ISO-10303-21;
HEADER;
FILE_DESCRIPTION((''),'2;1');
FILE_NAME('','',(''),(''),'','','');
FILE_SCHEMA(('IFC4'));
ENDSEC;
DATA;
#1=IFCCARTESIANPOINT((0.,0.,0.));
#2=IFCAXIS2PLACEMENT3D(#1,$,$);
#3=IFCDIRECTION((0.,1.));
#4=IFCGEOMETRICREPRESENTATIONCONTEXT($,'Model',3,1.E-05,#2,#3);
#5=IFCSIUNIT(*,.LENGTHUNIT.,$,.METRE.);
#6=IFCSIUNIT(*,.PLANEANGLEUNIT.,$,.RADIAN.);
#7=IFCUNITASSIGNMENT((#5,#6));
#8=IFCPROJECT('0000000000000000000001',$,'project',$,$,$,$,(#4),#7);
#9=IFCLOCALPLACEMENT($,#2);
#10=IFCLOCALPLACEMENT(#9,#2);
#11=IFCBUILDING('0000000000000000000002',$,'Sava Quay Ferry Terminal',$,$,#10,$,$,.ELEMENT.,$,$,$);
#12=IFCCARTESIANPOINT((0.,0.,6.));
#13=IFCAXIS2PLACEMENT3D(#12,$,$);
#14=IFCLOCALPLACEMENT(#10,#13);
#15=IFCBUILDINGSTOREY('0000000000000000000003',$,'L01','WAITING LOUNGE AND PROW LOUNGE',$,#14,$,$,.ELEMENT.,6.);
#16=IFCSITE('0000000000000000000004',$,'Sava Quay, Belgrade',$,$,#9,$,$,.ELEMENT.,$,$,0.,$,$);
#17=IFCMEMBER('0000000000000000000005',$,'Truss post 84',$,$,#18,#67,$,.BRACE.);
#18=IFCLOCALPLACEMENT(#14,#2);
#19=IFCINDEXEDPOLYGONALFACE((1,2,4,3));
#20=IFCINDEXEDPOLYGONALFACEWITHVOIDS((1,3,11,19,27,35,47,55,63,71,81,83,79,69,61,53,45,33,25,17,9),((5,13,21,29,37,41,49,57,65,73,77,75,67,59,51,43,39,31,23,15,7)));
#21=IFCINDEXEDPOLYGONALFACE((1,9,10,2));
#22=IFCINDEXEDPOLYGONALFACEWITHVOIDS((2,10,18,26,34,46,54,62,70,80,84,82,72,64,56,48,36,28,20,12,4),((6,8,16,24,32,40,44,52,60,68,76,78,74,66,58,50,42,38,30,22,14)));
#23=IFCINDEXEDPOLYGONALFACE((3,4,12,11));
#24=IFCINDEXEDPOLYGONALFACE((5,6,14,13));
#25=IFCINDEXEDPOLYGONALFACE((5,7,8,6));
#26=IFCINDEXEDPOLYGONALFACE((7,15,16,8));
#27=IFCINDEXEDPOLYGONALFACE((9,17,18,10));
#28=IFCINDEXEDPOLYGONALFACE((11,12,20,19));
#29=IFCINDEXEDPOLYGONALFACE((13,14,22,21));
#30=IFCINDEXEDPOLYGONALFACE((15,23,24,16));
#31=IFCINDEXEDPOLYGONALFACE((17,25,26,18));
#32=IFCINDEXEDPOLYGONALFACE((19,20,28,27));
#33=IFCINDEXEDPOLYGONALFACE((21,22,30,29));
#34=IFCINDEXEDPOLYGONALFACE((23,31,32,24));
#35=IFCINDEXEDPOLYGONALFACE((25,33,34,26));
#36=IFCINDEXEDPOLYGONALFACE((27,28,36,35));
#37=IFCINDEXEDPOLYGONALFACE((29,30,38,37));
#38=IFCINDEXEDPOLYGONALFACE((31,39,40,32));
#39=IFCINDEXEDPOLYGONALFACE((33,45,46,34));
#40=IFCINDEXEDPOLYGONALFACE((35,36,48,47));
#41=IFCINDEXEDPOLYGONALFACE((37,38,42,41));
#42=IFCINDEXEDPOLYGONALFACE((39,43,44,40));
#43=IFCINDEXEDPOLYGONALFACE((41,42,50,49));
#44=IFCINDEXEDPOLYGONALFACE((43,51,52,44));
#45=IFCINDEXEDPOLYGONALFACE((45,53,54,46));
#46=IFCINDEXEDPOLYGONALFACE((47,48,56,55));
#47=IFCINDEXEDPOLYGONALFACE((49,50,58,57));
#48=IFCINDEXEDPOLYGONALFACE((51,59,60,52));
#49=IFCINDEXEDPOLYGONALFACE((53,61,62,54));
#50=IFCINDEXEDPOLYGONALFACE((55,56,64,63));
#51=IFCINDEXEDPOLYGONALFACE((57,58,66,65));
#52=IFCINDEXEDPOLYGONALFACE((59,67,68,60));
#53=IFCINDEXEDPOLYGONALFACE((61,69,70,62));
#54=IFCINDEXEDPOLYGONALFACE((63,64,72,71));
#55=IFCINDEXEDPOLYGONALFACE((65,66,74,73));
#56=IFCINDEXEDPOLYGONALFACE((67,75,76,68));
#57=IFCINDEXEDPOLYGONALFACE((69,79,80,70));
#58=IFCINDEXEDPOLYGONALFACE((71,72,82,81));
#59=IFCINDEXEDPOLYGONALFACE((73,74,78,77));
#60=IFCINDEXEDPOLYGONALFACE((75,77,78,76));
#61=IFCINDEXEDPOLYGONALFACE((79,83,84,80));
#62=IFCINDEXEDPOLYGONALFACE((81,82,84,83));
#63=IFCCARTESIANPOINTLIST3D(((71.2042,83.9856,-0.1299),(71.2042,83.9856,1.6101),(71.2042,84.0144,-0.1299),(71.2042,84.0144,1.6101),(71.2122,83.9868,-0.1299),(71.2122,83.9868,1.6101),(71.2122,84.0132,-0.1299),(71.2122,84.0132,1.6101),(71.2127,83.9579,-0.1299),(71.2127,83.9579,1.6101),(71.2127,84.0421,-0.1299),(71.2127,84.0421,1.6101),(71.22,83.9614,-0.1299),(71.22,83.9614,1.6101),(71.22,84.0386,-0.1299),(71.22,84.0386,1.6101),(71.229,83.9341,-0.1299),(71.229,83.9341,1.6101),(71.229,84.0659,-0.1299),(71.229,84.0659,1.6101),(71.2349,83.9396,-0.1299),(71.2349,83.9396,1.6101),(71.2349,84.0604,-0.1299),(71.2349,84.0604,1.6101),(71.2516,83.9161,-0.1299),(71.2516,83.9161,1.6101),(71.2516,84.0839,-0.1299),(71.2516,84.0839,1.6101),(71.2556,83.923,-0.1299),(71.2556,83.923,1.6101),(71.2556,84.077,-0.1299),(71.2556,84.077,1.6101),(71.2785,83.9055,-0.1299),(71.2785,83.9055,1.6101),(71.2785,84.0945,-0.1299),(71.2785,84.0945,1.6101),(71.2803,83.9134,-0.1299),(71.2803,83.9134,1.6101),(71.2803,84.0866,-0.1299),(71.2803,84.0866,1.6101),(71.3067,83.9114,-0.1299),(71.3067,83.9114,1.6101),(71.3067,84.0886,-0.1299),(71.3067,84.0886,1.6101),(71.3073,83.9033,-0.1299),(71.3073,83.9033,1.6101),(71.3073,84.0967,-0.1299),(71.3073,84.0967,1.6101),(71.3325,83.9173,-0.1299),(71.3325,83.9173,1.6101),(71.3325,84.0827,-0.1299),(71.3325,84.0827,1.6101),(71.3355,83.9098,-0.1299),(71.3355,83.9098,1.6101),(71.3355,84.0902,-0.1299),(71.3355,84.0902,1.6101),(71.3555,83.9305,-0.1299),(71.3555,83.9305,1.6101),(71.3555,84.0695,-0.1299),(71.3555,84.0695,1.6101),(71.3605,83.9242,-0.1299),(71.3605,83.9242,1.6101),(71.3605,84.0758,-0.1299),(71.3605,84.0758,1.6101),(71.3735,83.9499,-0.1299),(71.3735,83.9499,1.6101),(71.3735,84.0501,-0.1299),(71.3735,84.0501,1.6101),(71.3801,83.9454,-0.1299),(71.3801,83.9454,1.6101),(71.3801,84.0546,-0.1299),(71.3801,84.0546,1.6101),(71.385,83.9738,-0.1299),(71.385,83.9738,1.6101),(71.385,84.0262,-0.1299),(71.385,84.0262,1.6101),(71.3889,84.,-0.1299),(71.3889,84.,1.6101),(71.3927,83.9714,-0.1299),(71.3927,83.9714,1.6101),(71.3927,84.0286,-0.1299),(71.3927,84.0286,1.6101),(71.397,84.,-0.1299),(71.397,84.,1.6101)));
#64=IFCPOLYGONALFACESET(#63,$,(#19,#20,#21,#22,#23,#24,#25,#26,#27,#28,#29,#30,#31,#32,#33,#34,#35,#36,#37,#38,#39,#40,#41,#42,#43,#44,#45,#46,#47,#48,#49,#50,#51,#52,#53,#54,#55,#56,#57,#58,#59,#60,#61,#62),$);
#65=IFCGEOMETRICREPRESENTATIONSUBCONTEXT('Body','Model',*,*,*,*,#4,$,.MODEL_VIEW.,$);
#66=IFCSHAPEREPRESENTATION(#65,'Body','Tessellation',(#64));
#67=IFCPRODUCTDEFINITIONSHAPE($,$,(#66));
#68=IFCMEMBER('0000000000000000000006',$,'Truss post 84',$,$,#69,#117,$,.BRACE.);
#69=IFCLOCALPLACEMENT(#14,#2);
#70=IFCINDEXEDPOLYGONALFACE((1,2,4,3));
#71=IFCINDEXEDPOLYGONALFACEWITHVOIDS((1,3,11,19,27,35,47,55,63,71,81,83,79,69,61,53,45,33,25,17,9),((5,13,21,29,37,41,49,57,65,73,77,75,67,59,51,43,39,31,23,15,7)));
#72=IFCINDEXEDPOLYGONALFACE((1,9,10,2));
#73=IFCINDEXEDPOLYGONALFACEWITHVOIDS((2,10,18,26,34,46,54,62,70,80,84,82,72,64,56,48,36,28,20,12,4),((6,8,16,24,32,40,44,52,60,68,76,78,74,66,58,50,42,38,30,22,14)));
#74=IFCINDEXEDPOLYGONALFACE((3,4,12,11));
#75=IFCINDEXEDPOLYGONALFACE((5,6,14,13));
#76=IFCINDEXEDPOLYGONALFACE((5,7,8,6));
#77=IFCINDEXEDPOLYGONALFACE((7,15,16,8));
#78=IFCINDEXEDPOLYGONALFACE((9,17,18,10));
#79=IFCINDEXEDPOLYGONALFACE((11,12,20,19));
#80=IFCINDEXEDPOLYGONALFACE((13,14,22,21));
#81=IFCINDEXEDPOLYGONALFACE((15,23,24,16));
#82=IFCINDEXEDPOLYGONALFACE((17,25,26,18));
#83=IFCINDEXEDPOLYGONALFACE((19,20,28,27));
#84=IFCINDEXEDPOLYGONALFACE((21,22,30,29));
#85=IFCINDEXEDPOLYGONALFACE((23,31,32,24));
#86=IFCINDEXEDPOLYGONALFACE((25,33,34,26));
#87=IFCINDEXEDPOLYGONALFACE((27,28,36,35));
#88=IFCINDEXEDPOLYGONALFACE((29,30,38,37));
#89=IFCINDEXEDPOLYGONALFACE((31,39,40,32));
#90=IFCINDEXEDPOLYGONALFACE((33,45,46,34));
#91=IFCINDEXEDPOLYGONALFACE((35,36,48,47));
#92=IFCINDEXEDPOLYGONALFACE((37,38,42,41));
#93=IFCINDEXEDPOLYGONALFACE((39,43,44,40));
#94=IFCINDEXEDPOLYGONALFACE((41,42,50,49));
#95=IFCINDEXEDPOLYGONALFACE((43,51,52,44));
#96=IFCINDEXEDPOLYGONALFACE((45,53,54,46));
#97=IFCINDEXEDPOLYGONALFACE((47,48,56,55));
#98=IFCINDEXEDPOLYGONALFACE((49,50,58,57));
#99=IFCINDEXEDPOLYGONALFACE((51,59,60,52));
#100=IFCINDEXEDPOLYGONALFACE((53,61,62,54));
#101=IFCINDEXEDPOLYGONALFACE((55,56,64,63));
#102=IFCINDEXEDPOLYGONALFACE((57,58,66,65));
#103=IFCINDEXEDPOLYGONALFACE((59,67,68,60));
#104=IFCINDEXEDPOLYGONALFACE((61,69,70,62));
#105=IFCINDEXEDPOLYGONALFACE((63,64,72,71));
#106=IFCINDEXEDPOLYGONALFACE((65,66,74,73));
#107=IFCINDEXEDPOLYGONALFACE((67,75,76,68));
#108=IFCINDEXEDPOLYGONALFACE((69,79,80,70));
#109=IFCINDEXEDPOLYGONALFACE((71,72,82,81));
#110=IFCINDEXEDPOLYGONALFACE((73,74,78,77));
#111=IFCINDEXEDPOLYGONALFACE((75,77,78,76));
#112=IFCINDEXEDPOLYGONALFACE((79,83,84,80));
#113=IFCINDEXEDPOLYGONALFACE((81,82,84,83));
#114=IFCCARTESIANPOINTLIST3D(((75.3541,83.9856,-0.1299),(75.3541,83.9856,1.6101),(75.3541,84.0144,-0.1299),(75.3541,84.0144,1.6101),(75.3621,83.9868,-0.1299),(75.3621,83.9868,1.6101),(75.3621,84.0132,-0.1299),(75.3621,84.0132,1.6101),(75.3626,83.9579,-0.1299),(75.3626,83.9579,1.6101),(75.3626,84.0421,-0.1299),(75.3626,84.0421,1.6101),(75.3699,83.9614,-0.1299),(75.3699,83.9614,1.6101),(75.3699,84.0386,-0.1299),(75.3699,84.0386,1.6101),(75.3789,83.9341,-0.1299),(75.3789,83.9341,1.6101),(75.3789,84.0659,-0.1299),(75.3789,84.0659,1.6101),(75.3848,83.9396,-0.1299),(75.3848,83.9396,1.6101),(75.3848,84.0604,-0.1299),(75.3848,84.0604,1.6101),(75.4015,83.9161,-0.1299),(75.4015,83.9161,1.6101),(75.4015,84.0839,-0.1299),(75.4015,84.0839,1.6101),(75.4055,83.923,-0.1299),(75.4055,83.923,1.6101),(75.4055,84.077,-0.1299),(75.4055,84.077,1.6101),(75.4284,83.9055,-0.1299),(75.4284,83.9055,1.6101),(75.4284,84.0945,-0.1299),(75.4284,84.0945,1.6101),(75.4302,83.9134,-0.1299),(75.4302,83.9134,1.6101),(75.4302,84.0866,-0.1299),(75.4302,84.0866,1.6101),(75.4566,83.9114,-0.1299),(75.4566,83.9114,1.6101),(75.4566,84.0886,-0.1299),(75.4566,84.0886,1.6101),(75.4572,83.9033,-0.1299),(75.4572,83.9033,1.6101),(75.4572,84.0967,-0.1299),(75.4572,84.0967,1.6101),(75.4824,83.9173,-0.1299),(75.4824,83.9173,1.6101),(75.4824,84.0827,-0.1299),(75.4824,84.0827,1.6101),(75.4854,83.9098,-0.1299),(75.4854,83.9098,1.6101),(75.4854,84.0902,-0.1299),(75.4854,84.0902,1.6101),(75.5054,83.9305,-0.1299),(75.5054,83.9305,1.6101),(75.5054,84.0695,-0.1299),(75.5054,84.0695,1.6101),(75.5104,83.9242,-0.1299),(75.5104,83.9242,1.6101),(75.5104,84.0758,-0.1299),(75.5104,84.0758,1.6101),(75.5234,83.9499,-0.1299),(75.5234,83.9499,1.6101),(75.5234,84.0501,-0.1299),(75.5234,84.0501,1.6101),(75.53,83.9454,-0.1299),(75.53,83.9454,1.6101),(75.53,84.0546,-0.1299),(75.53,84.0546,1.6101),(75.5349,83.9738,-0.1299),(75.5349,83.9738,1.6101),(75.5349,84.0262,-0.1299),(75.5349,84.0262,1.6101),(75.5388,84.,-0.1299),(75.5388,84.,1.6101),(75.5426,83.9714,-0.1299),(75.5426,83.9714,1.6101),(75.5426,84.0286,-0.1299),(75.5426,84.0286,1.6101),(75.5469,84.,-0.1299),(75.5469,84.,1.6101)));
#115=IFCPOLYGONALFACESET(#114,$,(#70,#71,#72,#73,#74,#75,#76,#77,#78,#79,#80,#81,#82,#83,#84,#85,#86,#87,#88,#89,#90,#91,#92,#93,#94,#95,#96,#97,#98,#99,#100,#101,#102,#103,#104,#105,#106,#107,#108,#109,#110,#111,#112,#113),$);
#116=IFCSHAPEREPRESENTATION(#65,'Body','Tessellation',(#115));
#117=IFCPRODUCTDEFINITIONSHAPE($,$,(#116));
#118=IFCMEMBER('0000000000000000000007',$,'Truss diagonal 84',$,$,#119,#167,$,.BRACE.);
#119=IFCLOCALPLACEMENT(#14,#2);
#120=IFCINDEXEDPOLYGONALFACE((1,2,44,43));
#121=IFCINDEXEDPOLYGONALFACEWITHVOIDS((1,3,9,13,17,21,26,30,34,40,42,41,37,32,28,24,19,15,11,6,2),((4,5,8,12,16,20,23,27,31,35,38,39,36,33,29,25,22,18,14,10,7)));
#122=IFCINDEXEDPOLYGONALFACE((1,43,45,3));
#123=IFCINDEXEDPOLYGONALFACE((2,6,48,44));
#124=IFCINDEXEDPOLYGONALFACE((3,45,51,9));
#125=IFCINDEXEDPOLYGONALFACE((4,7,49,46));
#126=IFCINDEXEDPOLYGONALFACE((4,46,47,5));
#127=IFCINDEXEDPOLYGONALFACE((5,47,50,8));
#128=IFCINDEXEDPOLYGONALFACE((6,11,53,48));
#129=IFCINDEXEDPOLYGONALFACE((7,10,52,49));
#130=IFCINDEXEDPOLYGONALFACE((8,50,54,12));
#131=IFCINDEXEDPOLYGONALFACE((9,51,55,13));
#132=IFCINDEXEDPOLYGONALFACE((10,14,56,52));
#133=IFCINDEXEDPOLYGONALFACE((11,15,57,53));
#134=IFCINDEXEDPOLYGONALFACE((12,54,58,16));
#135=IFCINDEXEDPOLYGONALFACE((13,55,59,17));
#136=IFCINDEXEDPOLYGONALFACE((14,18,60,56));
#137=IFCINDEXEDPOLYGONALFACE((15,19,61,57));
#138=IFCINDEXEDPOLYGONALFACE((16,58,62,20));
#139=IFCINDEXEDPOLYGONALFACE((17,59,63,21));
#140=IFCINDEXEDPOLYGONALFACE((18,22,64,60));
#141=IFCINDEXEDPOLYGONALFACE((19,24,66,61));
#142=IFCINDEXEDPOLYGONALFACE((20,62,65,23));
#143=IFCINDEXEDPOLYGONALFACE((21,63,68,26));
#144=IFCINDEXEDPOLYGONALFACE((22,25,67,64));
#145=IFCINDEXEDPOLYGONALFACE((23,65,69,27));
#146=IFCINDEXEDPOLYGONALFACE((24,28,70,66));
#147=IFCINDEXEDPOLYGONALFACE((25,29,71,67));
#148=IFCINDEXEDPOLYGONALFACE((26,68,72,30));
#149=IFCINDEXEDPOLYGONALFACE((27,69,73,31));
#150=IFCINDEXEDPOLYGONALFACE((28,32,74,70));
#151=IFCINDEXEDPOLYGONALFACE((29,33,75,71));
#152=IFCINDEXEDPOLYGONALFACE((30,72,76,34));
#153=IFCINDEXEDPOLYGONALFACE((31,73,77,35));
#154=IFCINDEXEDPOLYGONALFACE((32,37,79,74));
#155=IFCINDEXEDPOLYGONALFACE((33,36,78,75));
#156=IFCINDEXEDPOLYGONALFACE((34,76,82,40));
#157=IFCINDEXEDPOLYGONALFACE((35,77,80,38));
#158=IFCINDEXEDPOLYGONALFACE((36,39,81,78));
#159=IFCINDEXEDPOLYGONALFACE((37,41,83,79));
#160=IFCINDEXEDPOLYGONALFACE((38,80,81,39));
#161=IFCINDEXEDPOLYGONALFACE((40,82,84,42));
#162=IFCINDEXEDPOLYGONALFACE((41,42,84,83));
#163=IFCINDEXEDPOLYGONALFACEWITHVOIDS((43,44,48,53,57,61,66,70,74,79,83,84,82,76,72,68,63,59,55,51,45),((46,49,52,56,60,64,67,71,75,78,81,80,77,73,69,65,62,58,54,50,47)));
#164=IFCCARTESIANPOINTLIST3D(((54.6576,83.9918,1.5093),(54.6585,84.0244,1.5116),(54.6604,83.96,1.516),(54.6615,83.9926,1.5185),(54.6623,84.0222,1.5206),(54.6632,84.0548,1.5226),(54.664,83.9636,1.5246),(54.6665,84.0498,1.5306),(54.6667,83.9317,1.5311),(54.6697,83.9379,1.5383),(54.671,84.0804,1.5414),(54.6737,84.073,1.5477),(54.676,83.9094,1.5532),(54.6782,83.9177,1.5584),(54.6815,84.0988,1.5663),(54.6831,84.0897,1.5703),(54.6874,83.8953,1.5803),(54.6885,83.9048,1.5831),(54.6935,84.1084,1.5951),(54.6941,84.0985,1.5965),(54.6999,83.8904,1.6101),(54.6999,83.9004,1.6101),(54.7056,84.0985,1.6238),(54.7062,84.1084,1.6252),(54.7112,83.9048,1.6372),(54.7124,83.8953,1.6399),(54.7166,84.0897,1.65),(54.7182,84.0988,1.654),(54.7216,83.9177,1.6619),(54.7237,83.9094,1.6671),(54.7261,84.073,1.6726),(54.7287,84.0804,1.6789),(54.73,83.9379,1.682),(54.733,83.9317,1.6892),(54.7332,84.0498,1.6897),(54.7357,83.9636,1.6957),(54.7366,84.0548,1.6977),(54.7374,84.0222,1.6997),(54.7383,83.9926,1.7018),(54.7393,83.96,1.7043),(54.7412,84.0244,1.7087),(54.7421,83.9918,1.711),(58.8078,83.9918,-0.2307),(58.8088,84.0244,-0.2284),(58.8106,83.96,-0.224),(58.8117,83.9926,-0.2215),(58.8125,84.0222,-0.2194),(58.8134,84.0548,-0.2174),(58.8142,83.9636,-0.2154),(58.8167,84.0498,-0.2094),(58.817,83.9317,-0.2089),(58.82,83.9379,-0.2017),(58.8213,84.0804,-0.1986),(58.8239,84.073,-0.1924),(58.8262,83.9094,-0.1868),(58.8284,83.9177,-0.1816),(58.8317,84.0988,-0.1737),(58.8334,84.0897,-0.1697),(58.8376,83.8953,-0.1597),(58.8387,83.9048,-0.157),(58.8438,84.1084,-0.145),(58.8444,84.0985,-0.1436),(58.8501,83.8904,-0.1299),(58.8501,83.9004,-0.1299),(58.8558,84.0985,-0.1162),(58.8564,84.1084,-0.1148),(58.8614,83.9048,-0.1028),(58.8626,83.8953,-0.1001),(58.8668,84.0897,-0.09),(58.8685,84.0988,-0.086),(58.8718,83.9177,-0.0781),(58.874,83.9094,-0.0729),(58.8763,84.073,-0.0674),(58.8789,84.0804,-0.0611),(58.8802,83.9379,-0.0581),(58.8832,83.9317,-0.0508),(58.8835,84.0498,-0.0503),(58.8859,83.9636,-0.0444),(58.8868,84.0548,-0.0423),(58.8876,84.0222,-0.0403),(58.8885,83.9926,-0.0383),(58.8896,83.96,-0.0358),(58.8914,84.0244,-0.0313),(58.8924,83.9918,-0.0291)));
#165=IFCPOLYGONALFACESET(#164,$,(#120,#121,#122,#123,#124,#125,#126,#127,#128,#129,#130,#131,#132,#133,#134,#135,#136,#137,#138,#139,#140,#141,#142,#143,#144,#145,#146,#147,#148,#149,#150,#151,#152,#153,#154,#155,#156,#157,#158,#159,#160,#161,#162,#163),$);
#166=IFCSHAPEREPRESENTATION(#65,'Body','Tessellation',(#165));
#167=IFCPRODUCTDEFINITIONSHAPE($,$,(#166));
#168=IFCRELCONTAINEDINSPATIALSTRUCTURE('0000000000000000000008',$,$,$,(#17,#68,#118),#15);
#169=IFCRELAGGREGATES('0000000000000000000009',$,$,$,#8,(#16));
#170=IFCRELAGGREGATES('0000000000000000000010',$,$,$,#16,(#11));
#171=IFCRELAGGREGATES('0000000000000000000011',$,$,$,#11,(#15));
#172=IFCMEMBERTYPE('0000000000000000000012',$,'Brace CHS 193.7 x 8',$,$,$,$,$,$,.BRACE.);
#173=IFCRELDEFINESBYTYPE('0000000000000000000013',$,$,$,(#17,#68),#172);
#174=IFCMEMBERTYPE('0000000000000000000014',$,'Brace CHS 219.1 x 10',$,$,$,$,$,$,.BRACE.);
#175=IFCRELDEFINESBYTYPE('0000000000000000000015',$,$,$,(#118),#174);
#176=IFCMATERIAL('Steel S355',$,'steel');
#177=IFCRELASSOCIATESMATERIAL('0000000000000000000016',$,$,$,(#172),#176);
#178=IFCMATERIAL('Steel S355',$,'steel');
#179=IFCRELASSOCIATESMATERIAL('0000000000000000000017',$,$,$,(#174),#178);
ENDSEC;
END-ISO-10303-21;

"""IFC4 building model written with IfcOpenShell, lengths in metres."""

from ifc_helpers import new_model, si_unit, direction, frame, origin, origin_2d, place, context, subcontext, project, spatial, hollow_circle, extrude, material, material_profile, profile_set, type_object, element, save


model = new_model("IFC4")

# Units and contexts
model_context = context("Model", 3, precision=1e-05, world=origin(), true_north=direction((0.0, 1.0)))
body_context = subcontext(model_context, "Body", "Model", "MODEL_VIEW")
ifc_project = project(units=[si_unit("LENGTHUNIT", "METRE"), si_unit("PLANEANGLEUNIT", "RADIAN")], contexts=[model_context])

# Site, building, storey
site_placement = place(None, origin())
site = spatial("IfcSite", under=ifc_project, at=site_placement, Name="Sava Quay, Belgrade", CompositionType="ELEMENT", RefElevation=0.0)
building_placement = place(site_placement, origin())
building = spatial("IfcBuilding", under=site, at=building_placement, Name="Sava Quay Ferry Terminal", CompositionType="ELEMENT")
storey_placement = place(building_placement, frame((0.0, 0.0, 6.0)))
storey = spatial("IfcBuildingStorey", under=building, at=storey_placement, Name="L01", Description="WAITING LOUNGE AND PROW LOUNGE", CompositionType="ELEMENT", Elevation=6.0)

# Members
ifc_material_1 = material(Name="Steel S355", Category="steel")
ifc_material_profile_1 = material_profile(ifc_material_1, hollow_circle(Radius=0.0969, WallThickness=0.0081, at=origin_2d()), Name="CHS 193.7 x 8")
ifc_profile_set_1 = profile_set([ifc_material_profile_1], Name="Steel S355")
member_type_1 = type_object("IfcMemberType", Name="Brace CHS 193.7 x 8", PredefinedType="BRACE", material=ifc_profile_set_1)
for number, where, z_axis, x_axis, name in (
    (1, (71.3, 84.0, -0.1299), (0.0, 0.0, 1.0), (1.0, 0.0, 0.0), "Truss post 84"),
    (2, (75.45, 84.0, -0.1299), (0.0, 0.0, 1.0), (1.0, 0.0, 0.0), "Truss post 84"),
):
    element("IfcMember", number, at=place(storey_placement, frame(where, z_axis=z_axis, x_axis=x_axis)), inside=storey, type_object=member_type_1, Name=name, PredefinedType="BRACE", context=body_context, shape_type="SweptSolid", body=[
        extrude(hollow_circle(Radius=0.0969, WallThickness=0.0081, at=origin_2d()), origin(), (0.0, 0.0, 1.0), 1.74),
    ])
ifc_material_2 = material(Name="Steel S355", Category="steel")
ifc_material_profile_2 = material_profile(ifc_material_2, hollow_circle(Radius=0.1096, WallThickness=0.01, at=origin_2d()), Name="CHS 219.1 x 10")
ifc_profile_set_2 = profile_set([ifc_material_profile_2], Name="Steel S355")
member_type_2 = type_object("IfcMemberType", Name="Brace CHS 219.1 x 10", PredefinedType="BRACE", material=ifc_profile_set_2)
member_1_placement = place(storey_placement, frame((58.8501, 84.0, -0.1299), z_axis=(-0.922226, 0.0, 0.386652), x_axis=(0.0, -1.0, 0.0)))
element("IfcMember", 3, at=member_1_placement, inside=storey, type_object=member_type_2, Name="Truss diagonal 84", PredefinedType="BRACE", context=body_context, shape_type="SweptSolid", body=[
    extrude(hollow_circle(Radius=0.1096, WallThickness=0.01, at=origin_2d()), origin(), (0.0, 0.0, 1.0), 4.5002),
])

save(model, "model.ifc")
